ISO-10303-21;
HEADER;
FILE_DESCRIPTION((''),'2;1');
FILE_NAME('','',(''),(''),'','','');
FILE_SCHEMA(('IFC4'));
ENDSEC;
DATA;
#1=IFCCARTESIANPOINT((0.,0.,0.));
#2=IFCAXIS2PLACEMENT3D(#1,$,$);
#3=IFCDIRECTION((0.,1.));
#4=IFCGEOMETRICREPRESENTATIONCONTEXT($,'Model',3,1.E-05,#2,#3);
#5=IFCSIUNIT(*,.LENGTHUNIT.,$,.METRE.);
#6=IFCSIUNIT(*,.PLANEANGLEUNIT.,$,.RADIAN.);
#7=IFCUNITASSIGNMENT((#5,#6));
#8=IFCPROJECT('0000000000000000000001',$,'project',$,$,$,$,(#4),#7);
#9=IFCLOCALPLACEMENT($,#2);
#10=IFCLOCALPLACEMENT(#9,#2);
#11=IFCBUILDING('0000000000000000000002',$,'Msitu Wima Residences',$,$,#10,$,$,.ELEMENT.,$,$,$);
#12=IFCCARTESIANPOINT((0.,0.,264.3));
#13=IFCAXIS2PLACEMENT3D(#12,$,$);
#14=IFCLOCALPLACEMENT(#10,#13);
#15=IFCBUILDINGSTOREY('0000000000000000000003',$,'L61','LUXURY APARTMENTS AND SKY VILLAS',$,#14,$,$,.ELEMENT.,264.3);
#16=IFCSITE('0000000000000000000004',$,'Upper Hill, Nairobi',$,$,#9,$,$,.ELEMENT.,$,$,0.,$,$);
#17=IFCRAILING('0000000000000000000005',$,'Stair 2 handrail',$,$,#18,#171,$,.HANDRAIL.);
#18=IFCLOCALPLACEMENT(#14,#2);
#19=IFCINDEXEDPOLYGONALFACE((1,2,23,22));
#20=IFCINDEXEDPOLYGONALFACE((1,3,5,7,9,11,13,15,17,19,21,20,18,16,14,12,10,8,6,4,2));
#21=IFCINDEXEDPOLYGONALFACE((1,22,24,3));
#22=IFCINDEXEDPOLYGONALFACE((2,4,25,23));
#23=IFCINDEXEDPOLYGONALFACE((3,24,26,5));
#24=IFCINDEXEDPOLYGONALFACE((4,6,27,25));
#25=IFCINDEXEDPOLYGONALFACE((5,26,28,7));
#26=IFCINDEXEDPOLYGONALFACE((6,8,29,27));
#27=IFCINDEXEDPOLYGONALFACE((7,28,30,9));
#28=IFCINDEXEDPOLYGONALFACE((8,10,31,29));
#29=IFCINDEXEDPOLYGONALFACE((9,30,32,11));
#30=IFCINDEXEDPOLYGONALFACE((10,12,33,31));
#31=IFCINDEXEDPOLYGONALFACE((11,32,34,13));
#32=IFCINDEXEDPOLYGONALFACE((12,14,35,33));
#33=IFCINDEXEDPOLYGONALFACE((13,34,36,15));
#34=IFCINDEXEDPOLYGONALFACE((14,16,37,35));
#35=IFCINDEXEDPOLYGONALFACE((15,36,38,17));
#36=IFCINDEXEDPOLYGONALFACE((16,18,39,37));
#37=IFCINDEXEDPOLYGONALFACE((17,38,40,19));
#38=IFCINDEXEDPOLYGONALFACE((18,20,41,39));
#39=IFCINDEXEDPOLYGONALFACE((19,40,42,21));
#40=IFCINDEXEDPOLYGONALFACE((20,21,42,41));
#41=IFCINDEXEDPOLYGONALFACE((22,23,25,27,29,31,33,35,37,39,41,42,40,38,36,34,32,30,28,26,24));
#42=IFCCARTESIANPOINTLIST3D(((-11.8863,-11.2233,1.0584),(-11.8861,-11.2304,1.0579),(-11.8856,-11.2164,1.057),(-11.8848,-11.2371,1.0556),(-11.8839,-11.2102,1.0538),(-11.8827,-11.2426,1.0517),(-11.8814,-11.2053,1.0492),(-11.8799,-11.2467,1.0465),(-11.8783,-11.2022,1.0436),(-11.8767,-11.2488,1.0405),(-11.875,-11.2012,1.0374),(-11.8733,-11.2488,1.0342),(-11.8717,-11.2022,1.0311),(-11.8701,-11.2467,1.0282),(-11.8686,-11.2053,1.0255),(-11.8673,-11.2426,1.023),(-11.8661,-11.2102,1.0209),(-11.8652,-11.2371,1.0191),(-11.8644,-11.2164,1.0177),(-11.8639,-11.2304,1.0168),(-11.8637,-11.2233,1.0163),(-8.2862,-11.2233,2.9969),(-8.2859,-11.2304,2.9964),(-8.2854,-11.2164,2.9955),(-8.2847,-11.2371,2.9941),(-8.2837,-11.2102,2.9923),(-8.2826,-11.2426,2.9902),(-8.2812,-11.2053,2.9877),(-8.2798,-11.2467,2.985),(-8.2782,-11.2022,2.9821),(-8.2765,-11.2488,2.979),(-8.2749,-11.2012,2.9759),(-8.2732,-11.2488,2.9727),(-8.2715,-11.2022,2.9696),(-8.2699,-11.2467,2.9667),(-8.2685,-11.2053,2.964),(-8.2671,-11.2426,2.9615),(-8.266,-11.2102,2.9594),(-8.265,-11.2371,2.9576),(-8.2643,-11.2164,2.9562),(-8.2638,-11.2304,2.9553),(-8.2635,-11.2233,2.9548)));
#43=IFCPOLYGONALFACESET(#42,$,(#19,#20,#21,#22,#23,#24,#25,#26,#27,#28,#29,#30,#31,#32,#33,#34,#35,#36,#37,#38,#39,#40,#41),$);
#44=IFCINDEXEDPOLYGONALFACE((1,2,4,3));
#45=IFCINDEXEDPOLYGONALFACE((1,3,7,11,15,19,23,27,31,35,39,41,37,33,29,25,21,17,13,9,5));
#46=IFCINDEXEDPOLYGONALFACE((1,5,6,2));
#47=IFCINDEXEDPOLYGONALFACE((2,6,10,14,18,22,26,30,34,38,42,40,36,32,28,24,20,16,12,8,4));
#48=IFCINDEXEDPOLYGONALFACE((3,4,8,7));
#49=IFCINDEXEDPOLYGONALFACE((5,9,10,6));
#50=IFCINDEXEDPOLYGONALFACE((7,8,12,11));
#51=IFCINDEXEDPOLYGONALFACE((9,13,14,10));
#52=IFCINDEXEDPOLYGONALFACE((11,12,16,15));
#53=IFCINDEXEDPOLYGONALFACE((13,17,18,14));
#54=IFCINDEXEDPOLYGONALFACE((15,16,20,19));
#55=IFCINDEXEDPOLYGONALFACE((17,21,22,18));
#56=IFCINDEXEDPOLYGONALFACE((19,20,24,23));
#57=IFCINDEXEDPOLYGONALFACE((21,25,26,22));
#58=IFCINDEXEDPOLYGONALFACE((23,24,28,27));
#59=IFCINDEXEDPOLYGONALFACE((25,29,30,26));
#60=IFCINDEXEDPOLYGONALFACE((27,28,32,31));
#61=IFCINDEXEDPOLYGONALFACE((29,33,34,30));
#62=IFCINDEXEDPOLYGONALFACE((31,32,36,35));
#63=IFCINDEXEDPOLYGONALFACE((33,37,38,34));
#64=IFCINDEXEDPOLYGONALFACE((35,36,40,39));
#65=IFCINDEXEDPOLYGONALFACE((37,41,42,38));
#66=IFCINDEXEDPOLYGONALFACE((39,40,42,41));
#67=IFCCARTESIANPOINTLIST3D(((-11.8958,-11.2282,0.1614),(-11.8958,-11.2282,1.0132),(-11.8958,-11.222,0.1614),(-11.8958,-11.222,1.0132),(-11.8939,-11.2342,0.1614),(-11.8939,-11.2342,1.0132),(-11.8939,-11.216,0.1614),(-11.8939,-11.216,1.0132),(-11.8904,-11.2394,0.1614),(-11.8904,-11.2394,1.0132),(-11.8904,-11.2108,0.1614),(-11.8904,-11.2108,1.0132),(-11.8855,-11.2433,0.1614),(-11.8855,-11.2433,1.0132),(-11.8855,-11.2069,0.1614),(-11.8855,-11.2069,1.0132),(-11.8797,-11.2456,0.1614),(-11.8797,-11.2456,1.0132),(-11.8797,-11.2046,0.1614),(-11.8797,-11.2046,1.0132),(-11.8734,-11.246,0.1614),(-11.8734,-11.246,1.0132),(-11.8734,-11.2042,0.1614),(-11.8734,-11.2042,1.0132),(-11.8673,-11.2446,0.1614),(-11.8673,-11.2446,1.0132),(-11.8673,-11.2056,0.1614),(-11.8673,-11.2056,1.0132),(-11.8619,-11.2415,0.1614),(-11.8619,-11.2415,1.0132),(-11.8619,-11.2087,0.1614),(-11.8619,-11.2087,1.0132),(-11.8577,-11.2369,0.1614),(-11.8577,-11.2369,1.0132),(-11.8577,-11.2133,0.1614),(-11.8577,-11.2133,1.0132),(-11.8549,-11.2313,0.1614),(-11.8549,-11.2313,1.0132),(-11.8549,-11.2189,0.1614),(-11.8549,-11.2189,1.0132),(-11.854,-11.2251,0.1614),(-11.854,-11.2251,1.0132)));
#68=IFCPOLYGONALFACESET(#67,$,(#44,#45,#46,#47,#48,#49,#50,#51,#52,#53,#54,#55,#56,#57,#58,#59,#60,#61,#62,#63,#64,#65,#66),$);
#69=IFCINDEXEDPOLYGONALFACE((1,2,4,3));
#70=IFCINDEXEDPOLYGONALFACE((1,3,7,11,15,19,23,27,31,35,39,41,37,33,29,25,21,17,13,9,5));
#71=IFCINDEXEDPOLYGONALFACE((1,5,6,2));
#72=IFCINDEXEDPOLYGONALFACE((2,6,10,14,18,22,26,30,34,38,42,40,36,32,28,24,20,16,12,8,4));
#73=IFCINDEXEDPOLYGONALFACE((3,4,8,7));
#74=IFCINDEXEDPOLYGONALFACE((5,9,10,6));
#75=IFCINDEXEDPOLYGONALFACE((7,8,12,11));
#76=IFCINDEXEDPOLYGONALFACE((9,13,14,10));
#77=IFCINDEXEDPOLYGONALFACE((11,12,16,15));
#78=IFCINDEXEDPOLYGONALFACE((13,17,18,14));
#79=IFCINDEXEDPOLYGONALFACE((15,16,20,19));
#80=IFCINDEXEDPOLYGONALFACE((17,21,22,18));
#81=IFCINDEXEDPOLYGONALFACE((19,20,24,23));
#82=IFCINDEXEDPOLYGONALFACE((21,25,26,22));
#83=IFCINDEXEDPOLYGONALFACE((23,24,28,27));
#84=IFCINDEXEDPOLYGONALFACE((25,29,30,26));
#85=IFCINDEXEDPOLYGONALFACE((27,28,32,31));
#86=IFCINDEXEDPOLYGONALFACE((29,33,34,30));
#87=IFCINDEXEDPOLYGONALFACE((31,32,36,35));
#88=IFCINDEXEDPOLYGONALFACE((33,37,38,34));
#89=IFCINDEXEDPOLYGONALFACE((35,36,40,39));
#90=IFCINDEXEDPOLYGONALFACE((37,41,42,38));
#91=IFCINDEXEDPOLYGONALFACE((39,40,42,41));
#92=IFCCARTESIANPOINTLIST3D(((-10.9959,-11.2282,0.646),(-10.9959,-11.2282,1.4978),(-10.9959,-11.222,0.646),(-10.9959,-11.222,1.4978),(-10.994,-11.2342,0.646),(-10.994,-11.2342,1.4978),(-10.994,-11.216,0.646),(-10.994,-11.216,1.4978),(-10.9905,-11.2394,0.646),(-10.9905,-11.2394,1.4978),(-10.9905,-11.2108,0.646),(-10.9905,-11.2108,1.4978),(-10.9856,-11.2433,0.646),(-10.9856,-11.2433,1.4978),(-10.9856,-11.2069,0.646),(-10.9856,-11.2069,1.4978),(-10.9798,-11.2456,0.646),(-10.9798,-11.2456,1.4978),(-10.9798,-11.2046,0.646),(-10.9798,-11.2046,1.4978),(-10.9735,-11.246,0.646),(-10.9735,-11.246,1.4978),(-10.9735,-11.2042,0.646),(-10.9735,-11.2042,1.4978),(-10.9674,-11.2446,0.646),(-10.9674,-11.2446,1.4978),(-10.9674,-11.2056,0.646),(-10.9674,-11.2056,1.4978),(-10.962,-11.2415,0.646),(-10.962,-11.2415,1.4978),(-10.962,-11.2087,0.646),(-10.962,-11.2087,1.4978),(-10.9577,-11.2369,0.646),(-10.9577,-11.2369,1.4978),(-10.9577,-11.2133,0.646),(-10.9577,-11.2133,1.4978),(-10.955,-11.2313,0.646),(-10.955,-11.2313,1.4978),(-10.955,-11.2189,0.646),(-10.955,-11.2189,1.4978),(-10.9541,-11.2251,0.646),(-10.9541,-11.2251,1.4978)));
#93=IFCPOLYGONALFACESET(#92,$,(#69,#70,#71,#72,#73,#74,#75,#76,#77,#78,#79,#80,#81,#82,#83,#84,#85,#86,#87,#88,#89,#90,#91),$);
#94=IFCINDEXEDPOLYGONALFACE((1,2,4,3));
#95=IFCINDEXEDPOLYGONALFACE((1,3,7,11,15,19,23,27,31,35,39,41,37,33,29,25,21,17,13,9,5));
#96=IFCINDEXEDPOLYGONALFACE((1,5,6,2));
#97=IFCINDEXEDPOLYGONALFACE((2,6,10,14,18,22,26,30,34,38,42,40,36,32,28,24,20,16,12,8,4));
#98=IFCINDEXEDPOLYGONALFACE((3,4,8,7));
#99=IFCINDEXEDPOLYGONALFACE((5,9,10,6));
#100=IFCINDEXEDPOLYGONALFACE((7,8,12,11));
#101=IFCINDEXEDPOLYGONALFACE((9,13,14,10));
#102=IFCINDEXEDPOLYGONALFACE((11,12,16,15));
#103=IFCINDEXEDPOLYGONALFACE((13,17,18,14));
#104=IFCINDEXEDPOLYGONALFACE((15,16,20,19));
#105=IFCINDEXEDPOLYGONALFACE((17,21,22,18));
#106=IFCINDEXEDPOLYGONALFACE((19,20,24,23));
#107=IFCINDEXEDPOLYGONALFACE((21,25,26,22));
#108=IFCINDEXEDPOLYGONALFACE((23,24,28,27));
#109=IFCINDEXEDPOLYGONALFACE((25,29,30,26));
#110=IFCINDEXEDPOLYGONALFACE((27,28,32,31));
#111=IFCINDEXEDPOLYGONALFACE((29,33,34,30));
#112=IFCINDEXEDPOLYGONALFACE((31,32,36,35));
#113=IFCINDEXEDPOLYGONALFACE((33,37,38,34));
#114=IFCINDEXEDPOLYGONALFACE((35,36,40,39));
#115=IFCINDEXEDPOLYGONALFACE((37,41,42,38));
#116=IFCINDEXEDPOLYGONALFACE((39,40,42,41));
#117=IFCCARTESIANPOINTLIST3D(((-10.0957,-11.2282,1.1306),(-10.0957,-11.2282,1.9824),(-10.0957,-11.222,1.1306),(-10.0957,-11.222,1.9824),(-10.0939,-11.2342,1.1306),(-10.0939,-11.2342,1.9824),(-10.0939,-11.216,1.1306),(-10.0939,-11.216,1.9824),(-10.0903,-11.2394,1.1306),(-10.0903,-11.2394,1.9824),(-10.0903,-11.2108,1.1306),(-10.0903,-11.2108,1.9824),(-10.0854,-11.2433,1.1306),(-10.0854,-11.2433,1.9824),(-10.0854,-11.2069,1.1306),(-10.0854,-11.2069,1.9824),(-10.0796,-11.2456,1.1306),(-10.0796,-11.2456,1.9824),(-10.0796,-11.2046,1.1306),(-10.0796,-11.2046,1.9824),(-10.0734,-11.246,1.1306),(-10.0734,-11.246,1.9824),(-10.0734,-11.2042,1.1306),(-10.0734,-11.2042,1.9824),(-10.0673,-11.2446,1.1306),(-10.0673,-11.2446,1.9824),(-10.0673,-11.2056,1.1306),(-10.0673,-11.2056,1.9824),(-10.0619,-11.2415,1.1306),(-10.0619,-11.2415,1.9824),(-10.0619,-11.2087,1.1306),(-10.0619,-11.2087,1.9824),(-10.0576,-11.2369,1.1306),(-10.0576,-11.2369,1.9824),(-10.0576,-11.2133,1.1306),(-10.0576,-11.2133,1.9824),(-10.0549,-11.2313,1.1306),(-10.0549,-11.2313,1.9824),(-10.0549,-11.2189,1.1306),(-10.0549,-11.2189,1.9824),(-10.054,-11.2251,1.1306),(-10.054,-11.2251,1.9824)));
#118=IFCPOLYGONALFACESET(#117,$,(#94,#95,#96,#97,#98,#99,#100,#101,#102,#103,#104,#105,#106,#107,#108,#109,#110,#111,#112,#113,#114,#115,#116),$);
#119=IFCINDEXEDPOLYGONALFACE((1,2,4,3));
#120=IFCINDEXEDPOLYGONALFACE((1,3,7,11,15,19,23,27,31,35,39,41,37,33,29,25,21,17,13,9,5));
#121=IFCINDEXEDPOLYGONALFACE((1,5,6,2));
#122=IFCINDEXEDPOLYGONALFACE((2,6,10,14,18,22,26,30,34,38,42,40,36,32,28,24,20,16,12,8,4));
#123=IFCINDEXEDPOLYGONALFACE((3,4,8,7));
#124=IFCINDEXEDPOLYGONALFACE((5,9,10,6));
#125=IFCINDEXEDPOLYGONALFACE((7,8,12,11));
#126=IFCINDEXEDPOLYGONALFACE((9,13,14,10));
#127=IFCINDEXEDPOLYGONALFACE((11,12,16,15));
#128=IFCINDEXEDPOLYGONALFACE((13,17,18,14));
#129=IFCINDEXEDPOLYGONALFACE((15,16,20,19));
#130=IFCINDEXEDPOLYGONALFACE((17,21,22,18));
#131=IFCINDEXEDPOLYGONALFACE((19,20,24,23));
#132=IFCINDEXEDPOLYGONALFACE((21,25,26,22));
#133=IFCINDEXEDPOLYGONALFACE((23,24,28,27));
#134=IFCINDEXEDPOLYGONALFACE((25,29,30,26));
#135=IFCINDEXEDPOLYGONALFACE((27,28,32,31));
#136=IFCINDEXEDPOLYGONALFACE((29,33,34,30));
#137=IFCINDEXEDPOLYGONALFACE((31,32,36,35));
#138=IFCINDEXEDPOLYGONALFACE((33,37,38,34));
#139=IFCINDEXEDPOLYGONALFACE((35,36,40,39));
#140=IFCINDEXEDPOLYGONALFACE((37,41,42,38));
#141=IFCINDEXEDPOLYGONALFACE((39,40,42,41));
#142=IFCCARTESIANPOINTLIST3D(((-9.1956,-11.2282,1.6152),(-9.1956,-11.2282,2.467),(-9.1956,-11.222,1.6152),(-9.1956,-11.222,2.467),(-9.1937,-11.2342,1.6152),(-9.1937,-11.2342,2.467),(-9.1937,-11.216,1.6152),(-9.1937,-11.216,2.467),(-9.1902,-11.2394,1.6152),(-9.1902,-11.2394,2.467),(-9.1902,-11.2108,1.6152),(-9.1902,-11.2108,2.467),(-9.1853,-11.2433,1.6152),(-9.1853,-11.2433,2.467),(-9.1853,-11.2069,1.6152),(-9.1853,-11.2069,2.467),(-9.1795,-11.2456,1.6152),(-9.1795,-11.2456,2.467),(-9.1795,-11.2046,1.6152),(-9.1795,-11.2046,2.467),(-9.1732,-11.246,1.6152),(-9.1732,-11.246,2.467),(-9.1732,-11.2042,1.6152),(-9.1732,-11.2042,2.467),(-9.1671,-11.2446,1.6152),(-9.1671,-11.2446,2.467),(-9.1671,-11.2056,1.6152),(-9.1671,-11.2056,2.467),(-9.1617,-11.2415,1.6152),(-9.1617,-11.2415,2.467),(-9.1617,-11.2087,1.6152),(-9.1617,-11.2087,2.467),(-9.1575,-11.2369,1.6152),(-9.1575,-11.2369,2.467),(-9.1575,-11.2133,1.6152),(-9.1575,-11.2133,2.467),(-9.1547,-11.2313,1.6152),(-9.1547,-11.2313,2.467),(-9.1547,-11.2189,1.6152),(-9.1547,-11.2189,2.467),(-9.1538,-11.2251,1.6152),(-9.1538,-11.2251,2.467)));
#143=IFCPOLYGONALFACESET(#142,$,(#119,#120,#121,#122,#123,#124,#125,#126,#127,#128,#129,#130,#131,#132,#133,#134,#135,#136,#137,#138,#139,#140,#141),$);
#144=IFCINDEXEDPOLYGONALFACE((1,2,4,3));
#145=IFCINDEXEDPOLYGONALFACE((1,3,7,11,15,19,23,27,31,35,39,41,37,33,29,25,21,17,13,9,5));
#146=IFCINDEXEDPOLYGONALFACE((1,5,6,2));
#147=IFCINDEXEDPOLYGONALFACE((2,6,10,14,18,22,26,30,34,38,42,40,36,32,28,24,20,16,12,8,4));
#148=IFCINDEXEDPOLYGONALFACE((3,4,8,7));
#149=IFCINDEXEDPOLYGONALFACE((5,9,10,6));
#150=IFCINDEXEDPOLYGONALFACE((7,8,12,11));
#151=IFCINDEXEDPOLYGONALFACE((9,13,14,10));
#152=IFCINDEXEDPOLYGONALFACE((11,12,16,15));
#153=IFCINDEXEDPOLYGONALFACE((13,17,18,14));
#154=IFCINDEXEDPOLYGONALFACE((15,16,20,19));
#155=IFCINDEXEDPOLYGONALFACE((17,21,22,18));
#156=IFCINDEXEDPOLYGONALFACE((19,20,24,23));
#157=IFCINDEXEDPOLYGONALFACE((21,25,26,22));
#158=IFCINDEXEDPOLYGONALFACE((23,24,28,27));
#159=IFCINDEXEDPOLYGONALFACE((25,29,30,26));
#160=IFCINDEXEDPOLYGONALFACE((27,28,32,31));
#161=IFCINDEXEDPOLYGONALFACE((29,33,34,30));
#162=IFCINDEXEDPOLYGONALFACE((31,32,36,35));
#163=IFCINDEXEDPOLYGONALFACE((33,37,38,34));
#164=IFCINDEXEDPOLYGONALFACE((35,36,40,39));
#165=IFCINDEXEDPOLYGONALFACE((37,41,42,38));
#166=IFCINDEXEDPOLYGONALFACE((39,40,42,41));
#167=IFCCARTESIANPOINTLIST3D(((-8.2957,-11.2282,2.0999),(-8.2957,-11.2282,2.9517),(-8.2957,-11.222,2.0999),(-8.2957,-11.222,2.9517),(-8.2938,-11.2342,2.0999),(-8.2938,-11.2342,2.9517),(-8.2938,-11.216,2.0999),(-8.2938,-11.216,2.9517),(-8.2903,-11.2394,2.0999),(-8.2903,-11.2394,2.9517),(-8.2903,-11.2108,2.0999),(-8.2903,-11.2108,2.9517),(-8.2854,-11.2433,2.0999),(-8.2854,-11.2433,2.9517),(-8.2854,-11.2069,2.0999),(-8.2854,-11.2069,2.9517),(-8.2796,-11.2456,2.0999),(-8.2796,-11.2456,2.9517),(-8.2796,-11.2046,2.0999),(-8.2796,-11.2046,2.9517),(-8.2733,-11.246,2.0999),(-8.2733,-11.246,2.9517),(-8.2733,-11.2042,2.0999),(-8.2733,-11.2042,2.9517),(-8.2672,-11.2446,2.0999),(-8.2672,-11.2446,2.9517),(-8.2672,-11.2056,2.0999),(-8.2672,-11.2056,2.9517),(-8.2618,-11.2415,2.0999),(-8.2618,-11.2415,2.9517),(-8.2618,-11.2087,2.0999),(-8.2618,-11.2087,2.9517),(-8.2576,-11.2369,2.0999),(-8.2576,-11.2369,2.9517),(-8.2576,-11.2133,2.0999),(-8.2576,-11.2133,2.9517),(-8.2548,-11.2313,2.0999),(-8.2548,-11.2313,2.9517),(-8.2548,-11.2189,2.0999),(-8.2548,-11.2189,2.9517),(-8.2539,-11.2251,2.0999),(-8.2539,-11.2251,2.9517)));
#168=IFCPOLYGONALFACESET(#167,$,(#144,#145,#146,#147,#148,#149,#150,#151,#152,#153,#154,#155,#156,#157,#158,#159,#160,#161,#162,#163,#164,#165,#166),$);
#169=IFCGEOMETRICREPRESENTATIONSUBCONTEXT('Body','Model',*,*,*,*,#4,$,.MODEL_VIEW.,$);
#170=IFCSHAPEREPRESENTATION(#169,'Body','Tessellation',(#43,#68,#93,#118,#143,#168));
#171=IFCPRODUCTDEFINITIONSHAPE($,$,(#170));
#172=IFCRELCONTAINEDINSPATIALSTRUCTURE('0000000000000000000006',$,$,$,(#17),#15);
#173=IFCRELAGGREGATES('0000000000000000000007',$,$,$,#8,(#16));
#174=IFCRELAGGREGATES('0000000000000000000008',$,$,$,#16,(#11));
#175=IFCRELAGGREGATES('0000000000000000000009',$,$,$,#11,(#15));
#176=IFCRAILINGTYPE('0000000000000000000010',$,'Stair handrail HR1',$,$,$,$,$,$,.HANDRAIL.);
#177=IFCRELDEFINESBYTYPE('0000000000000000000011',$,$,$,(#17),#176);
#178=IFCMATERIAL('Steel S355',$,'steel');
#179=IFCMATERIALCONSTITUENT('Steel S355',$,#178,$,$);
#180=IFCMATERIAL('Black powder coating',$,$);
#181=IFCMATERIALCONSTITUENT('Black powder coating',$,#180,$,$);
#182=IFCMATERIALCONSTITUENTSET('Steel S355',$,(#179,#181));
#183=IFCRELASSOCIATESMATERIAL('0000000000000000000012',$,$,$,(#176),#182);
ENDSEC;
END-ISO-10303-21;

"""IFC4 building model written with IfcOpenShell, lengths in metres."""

from ifc_helpers import new_model, si_unit, direction, frame, origin, origin_2d, place, context, subcontext, project, spatial, circle, extrude, material, constituent, constituent_set, type_object, element, save


model = new_model("IFC4")

# Units and contexts
model_context = context("Model", 3, precision=1e-05, world=origin(), true_north=direction((0.0, 1.0)))
body_context = subcontext(model_context, "Body", "Model", "MODEL_VIEW")
ifc_project = project(units=[si_unit("LENGTHUNIT", "METRE"), si_unit("PLANEANGLEUNIT", "RADIAN")], contexts=[model_context])

# Site, building, storey
site_placement = place(None, origin())
site = spatial("IfcSite", under=ifc_project, at=site_placement, Name="Upper Hill, Nairobi", CompositionType="ELEMENT", RefElevation=0.0)
building_placement = place(site_placement, origin())
building = spatial("IfcBuilding", under=site, at=building_placement, Name="Msitu Wima Residences", CompositionType="ELEMENT")
storey_placement = place(building_placement, frame((0.0, 0.0, 264.3)))
storey = spatial("IfcBuildingStorey", under=building, at=storey_placement, Name="L61", Description="LUXURY APARTMENTS AND SKY VILLAS", CompositionType="ELEMENT", Elevation=264.3)

# Railing
ifc_material_1 = material(Name="Steel S355", Category="steel")
ifc_constituent_1 = constituent(ifc_material_1, Name="Steel S355")
ifc_material_2 = material(Name="Black powder coating")
ifc_constituent_2 = constituent(ifc_material_2, Name="Black powder coating")
ifc_constituent_set = constituent_set(constituents=[ifc_constituent_1, ifc_constituent_2], Name="Steel S355")
railing_type = type_object("IfcRailingType", Name="Stair handrail HR1", PredefinedType="HANDRAIL", material=ifc_constituent_set)
for number, where, name in (
    (1, (-11.875, -11.2251, 0.1614), "Stair 2 handrail"),
):
    element("IfcRailing", number, at=place(storey_placement, frame(where)), inside=storey, type_object=railing_type, Name=name, PredefinedType="HANDRAIL", context=body_context, shape_type="SweptSolid", body=[
        extrude(circle(Radius=0.0239, at=origin_2d()), frame((0.0, 0.0, 0.876), z_axis=(0.880475, 0.0, 0.474093), x_axis=(0.0, 1.0, 0.0)), (0.0, 0.0, 1.0), 4.0889),
        extrude(circle(Radius=0.021, at=origin_2d()), origin(), (0.0, 0.0, 1.0), 0.8518),
        extrude(circle(Radius=0.021, at=origin_2d()), frame((0.8999, 0.0, 0.4846)), (0.0, 0.0, 1.0), 0.8518),
        extrude(circle(Radius=0.021, at=origin_2d()), frame((1.8, 0.0, 0.9692)), (0.0, 0.0, 1.0), 0.8518),
        extrude(circle(Radius=0.021, at=origin_2d()), frame((2.7002, 0.0, 1.4539)), (0.0, 0.0, 1.0), 0.8518),
        extrude(circle(Radius=0.021, at=origin_2d()), frame((3.6001, 0.0, 1.9385)), (0.0, 0.0, 1.0), 0.8518),
    ])

save(model, "model.ifc")
